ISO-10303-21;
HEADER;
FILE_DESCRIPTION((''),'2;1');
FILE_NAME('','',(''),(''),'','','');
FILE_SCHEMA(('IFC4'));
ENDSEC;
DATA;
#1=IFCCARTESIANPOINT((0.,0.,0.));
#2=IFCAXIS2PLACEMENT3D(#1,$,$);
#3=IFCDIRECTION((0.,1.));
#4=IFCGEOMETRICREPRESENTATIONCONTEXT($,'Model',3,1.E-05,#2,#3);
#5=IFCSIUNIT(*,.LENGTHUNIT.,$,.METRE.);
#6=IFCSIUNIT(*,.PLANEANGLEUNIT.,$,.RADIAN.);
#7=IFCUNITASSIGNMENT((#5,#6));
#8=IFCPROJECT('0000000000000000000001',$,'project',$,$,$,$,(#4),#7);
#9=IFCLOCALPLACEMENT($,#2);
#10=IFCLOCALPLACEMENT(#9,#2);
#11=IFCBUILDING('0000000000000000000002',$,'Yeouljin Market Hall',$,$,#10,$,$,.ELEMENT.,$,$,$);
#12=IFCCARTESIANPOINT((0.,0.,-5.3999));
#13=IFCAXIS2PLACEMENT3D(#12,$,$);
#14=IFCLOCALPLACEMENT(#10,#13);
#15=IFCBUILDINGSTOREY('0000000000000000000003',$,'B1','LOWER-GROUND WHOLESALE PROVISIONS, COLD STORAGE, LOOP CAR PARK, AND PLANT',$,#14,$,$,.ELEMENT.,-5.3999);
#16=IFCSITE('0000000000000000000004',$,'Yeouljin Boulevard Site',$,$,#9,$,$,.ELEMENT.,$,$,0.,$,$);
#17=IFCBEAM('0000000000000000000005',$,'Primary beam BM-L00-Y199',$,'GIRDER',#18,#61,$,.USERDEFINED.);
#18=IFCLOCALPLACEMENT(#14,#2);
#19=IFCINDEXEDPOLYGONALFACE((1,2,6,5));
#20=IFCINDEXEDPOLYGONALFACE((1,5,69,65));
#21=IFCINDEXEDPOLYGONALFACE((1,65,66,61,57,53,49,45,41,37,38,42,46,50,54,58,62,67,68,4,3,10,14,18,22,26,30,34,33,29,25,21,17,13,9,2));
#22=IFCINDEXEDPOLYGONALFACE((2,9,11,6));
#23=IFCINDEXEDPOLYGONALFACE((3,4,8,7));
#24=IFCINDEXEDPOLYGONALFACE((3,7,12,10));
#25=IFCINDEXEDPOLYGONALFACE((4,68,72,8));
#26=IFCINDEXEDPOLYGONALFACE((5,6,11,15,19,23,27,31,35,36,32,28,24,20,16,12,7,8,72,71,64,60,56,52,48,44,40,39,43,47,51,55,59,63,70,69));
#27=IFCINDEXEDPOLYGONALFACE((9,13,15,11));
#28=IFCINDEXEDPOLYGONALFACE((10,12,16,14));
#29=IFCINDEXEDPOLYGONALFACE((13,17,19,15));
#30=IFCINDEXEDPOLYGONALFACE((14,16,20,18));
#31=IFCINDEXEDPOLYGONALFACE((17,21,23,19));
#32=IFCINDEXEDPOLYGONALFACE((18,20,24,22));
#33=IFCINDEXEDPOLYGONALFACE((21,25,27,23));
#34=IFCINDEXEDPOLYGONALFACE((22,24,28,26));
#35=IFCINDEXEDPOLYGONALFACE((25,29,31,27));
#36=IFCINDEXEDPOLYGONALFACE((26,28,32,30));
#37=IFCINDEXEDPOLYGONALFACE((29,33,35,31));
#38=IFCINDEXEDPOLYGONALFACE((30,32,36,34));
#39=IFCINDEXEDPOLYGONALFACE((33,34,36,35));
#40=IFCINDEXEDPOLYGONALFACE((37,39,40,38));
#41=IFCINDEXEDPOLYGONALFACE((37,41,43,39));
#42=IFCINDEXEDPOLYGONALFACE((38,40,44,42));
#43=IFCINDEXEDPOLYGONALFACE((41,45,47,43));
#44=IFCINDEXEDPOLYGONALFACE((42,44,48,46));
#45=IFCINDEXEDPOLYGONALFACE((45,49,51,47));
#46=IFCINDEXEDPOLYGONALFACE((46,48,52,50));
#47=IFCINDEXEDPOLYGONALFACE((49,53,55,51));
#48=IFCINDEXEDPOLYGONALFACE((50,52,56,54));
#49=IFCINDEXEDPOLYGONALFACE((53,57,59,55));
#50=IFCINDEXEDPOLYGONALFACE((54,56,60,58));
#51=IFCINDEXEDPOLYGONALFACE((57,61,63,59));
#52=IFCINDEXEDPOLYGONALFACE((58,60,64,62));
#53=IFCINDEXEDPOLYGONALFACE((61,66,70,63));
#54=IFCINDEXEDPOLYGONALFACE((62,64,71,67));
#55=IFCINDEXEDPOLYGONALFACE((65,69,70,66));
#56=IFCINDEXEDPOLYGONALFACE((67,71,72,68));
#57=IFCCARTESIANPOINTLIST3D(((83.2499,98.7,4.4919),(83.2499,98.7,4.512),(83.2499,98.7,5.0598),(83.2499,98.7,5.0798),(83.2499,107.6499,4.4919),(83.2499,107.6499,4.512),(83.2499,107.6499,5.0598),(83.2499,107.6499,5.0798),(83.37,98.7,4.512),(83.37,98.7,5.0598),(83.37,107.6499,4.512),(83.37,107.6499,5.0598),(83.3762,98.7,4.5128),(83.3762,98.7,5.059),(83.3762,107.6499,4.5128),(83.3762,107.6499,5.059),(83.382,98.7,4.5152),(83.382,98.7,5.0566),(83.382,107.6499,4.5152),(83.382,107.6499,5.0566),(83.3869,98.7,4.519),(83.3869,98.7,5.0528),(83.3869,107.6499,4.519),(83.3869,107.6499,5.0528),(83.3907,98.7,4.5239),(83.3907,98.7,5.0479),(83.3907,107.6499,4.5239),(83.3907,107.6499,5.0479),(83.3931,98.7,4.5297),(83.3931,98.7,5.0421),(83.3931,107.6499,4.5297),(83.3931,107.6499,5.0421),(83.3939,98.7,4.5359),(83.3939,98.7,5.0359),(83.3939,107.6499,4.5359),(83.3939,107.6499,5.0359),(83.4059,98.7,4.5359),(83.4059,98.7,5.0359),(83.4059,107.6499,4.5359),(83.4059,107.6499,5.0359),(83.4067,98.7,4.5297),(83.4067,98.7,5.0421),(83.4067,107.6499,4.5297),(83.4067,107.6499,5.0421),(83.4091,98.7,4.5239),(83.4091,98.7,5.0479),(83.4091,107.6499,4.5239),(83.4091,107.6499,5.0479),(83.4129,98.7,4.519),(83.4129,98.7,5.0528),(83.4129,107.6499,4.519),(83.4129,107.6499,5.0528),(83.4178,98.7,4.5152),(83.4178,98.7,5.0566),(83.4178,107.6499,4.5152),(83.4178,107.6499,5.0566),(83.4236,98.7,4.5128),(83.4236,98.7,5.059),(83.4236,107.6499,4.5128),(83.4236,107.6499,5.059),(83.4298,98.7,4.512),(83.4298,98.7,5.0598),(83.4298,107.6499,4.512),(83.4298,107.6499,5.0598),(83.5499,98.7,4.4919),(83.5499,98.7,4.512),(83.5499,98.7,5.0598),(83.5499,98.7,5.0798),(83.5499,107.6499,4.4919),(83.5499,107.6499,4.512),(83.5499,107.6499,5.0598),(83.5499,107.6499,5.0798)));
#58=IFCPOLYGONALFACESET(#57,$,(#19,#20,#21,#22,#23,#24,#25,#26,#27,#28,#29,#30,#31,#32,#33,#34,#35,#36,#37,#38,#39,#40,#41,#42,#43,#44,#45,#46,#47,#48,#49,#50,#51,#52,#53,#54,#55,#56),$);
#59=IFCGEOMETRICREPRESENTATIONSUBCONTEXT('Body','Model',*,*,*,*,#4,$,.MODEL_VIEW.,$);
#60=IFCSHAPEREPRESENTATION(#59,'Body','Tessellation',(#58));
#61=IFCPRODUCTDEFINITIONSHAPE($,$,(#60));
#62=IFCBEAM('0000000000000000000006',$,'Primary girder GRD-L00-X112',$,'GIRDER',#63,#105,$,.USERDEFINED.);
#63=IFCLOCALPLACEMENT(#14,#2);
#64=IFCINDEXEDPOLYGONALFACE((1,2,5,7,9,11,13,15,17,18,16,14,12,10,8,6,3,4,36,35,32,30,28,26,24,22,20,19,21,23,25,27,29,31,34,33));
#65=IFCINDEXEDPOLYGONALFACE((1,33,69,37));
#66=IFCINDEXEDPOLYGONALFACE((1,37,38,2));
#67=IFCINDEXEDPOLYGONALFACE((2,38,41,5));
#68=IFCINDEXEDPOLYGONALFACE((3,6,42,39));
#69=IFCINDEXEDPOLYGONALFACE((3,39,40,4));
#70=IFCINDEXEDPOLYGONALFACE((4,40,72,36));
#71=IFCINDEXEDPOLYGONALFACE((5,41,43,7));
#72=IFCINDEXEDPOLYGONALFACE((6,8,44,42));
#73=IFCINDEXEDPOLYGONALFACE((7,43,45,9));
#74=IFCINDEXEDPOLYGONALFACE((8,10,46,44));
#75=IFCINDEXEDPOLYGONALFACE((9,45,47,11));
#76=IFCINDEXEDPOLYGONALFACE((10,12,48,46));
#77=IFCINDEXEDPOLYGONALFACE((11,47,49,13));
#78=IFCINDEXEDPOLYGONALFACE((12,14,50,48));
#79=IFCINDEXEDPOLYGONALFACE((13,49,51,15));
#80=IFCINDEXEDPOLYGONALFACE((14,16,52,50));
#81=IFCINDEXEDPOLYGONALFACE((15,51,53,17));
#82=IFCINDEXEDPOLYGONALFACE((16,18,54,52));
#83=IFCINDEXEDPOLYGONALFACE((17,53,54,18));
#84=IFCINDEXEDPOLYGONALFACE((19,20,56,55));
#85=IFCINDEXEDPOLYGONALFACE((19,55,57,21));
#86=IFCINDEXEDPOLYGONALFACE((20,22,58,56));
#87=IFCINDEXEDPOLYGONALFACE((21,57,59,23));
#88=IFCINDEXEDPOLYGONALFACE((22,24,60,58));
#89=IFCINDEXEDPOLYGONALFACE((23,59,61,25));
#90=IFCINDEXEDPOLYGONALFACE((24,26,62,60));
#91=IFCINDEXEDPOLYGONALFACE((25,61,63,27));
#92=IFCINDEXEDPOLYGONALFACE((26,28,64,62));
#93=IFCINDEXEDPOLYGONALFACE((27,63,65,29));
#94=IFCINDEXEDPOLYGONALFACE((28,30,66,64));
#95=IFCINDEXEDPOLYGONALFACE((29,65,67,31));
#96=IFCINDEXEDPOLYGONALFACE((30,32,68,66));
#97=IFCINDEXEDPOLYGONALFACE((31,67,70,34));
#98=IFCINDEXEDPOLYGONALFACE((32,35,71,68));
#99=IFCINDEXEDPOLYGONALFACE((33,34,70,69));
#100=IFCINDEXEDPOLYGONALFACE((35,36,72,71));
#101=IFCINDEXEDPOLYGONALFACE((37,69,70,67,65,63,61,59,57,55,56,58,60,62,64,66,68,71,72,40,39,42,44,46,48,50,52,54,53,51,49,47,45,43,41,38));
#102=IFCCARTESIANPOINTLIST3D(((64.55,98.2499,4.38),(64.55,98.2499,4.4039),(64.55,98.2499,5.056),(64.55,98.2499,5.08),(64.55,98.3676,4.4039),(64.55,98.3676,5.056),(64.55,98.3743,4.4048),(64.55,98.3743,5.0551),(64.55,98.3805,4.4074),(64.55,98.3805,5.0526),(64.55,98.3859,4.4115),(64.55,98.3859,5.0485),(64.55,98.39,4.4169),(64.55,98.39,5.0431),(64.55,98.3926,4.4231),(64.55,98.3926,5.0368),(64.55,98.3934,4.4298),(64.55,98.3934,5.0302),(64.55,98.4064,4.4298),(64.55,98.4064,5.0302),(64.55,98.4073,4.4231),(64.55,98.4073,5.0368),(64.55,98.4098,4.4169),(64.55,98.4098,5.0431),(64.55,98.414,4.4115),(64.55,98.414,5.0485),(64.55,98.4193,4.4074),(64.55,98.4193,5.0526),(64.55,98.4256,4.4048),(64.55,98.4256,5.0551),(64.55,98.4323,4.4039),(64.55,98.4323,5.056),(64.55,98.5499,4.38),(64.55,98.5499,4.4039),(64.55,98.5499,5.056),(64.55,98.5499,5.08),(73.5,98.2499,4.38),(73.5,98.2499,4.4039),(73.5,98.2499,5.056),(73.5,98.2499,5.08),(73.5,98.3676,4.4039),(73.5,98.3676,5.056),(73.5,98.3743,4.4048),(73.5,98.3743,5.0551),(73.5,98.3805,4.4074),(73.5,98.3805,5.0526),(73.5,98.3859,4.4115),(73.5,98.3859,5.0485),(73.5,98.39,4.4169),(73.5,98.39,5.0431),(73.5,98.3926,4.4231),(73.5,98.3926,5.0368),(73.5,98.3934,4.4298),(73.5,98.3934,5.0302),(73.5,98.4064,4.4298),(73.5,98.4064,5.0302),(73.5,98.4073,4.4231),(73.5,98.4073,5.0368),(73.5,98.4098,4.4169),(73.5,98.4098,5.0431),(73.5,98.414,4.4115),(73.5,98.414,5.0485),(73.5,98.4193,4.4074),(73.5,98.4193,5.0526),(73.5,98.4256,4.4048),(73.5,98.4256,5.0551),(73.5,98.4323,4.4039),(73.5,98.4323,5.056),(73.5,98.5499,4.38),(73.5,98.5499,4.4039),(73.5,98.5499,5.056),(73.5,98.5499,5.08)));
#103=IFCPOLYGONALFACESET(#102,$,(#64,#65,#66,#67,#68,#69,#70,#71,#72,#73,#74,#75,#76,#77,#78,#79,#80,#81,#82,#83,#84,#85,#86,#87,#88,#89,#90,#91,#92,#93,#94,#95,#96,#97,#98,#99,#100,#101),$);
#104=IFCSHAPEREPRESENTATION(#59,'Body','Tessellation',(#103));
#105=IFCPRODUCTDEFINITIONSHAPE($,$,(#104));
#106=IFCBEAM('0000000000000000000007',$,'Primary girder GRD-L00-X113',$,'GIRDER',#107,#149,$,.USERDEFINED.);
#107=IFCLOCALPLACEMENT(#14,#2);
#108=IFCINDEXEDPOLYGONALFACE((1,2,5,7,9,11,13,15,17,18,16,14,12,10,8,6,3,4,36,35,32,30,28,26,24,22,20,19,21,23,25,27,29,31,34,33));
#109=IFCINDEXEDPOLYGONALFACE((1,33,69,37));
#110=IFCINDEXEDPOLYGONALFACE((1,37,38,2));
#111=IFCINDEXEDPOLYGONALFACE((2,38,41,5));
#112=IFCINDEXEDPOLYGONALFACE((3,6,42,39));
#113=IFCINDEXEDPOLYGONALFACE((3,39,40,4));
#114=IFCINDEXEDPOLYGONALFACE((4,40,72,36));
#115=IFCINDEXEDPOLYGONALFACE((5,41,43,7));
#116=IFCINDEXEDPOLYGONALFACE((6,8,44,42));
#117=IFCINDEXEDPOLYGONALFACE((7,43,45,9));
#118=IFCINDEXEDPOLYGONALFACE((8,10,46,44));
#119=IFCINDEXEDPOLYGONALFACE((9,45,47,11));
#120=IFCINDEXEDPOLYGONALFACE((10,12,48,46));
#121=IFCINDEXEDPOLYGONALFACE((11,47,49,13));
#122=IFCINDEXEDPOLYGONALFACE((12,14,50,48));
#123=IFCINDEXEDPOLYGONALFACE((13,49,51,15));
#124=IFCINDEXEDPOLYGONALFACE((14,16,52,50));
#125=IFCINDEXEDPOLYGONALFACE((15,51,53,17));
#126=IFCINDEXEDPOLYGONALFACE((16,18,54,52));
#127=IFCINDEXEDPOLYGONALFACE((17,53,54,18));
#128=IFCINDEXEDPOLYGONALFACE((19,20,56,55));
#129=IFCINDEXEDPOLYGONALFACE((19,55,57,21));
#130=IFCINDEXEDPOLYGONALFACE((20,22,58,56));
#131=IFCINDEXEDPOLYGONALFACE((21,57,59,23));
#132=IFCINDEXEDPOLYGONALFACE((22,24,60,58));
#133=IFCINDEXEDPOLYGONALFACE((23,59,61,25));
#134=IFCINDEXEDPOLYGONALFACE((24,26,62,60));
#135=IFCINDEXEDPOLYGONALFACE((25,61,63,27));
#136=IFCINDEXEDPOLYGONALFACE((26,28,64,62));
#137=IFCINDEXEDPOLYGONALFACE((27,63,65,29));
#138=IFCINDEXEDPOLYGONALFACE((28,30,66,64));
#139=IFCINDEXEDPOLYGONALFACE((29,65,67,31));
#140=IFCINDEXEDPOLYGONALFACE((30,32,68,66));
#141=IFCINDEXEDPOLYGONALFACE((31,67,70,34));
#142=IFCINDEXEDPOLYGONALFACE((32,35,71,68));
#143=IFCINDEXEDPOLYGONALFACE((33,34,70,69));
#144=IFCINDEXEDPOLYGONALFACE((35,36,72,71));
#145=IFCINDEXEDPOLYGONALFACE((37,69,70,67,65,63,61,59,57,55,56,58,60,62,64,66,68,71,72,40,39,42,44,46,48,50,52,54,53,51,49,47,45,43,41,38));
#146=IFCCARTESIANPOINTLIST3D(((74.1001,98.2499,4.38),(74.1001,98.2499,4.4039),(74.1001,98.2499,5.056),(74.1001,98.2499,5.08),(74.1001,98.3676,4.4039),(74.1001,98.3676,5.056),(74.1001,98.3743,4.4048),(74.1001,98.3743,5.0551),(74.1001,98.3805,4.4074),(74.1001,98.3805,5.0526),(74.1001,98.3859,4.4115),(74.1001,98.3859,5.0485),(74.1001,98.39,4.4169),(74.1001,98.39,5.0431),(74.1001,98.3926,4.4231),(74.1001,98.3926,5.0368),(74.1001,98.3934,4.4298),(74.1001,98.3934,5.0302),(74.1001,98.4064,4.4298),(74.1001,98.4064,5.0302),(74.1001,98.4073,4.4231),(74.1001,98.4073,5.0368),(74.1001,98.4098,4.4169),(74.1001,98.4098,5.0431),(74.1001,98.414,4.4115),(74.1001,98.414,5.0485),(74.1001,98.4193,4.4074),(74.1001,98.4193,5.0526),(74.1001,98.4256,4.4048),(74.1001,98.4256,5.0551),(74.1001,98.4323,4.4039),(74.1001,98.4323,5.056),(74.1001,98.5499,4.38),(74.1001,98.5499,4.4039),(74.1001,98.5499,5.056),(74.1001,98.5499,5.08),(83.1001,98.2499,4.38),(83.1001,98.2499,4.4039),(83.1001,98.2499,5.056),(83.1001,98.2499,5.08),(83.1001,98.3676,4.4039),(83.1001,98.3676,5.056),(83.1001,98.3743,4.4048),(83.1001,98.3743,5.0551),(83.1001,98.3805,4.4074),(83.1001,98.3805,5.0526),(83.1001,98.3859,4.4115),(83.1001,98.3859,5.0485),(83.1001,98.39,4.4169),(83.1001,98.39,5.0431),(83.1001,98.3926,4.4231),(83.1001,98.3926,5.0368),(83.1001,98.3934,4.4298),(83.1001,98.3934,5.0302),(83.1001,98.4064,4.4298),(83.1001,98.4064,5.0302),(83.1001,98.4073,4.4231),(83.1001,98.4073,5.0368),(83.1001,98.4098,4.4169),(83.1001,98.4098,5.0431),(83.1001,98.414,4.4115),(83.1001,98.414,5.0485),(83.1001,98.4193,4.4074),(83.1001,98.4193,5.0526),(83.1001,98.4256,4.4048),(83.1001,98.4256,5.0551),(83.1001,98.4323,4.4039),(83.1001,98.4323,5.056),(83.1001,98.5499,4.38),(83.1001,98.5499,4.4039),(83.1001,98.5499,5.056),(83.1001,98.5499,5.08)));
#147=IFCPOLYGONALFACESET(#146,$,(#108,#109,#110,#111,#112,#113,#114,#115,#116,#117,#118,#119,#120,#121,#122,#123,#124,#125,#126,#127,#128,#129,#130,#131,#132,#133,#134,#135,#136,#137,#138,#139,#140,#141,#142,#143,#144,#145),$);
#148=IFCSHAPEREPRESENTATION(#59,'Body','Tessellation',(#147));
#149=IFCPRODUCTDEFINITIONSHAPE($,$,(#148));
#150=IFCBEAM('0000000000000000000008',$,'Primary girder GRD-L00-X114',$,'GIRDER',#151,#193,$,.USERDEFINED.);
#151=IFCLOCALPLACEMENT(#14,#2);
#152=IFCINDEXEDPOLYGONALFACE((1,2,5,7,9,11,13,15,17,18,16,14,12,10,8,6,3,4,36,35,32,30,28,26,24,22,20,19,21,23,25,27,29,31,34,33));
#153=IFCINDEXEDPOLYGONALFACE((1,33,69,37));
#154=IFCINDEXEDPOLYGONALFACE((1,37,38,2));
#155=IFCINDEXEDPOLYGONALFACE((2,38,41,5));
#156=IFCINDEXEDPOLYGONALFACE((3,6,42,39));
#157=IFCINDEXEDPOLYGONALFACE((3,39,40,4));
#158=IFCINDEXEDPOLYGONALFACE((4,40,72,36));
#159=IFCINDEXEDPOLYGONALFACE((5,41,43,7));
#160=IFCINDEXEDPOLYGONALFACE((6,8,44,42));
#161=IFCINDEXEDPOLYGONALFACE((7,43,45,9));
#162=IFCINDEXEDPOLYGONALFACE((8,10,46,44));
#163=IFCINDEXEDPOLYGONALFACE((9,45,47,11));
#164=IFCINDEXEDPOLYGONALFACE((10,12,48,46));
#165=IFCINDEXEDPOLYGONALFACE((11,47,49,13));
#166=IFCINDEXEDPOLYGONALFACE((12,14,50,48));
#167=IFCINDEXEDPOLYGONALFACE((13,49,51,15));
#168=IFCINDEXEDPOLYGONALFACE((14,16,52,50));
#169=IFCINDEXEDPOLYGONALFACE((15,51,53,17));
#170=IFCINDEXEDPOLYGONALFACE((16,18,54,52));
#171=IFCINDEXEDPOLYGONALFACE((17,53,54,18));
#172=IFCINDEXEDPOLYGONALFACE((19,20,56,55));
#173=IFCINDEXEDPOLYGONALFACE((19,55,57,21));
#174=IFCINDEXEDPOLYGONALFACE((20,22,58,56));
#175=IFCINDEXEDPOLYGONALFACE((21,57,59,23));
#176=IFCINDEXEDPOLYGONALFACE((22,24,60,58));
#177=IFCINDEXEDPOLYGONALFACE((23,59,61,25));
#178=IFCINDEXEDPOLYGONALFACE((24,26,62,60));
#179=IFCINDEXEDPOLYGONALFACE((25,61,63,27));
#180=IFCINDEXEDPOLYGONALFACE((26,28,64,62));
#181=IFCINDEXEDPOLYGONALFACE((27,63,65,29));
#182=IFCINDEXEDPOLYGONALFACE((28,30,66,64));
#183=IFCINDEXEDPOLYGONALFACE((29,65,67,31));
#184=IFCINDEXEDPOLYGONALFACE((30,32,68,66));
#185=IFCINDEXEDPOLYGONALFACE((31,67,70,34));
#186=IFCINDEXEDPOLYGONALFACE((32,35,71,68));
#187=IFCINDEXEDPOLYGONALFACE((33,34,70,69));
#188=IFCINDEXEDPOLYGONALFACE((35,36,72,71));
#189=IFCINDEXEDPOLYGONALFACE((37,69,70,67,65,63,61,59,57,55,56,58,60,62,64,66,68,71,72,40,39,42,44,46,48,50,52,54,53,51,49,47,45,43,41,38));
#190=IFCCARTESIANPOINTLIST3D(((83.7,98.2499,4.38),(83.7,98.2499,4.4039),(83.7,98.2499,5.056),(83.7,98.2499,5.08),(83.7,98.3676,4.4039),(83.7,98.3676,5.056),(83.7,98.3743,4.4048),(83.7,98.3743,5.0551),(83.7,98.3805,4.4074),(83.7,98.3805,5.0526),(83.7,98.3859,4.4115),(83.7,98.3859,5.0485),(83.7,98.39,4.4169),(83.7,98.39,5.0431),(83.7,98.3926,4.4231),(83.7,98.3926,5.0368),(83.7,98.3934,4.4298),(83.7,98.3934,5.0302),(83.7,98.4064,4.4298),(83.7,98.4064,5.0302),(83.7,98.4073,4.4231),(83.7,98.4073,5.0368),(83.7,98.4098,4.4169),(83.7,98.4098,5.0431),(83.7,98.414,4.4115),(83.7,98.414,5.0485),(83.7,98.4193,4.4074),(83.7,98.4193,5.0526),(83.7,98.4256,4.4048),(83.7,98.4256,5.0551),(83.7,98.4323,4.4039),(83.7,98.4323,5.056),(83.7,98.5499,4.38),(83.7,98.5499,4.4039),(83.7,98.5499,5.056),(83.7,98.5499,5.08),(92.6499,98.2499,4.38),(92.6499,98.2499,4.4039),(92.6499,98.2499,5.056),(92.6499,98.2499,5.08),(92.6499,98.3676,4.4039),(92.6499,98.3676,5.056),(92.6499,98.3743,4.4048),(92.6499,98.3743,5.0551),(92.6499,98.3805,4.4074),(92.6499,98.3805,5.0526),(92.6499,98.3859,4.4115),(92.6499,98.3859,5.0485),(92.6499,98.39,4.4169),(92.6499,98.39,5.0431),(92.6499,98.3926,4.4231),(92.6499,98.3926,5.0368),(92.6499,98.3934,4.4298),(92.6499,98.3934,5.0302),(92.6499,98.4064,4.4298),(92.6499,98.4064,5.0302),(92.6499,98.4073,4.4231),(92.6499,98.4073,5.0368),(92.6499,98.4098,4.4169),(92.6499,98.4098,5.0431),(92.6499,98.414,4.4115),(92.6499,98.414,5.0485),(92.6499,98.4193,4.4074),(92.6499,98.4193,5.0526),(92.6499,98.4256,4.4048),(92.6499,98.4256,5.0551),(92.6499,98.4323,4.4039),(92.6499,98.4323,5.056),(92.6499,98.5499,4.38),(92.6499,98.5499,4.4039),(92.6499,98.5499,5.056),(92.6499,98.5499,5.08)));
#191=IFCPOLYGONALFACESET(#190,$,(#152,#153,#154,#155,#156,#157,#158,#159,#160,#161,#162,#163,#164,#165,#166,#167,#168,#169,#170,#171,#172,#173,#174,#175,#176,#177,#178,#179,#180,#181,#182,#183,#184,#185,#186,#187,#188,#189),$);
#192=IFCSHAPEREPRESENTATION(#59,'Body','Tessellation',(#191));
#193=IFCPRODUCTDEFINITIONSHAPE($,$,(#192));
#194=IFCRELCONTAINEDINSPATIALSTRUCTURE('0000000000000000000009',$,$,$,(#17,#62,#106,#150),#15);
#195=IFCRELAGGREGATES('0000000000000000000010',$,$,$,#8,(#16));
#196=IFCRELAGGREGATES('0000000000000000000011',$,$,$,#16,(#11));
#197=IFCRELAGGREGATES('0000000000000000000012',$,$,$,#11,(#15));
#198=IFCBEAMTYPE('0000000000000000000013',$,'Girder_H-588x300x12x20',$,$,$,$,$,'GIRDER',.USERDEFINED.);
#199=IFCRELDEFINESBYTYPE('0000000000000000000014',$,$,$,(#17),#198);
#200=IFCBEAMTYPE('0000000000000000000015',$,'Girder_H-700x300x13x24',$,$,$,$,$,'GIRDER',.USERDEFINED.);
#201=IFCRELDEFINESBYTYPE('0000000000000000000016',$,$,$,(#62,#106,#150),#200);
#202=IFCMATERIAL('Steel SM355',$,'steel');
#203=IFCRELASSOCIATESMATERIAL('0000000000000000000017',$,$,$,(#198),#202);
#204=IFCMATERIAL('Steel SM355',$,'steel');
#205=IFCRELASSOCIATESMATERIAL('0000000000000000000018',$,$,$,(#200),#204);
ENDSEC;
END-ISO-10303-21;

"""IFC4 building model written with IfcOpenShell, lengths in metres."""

from ifc_helpers import new_model, si_unit, direction, frame, origin, origin_2d, place, context, subcontext, project, spatial, i_section, extrude, material, material_profile, profile_set, type_object, element, save


model = new_model("IFC4")

# Units and contexts
model_context = context("Model", 3, precision=1e-05, world=origin(), true_north=direction((0.0, 1.0)))
body_context = subcontext(model_context, "Body", "Model", "MODEL_VIEW")
ifc_project = project(units=[si_unit("LENGTHUNIT", "METRE"), si_unit("PLANEANGLEUNIT", "RADIAN")], contexts=[model_context])

# Site, building, storey
site_placement = place(None, origin())
site = spatial("IfcSite", under=ifc_project, at=site_placement, Name="Yeouljin Boulevard Site", CompositionType="ELEMENT", RefElevation=0.0)
building_placement = place(site_placement, origin())
building = spatial("IfcBuilding", under=site, at=building_placement, Name="Yeouljin Market Hall", CompositionType="ELEMENT")
storey_placement = place(building_placement, frame((0.0, 0.0, -5.3999)))
storey = spatial("IfcBuildingStorey", under=building, at=storey_placement, Name="B1", Description="LOWER-GROUND WHOLESALE PROVISIONS, COLD STORAGE, LOOP CAR PARK, AND PLANT", CompositionType="ELEMENT", Elevation=-5.3999)

# Beams
ifc_material_1 = material(Name="Steel SM355", Category="steel")
ifc_material_profile_1 = material_profile(ifc_material_1, i_section(OverallWidth=0.3, OverallDepth=0.5879, WebThickness=0.012, FlangeThickness=0.02, FilletRadius=0.0239, at=origin_2d()), Name="H-588x300x12x20")
ifc_profile_set_1 = profile_set([ifc_material_profile_1], Name="Steel SM355")
beam_type_1 = type_object("IfcBeamType", Name="Girder_H-588x300x12x20", ElementType="GIRDER", PredefinedType="USERDEFINED", material=ifc_profile_set_1)
beam_1_placement = place(storey_placement, frame((83.3999, 98.7, 4.7859), z_axis=(0.0, 1.0, 0.0), x_axis=(-1.0, 0.0, 0.0)))
element("IfcBeam", 1, at=beam_1_placement, inside=storey, type_object=beam_type_1, Name="Primary beam BM-L00-Y199", ObjectType="GIRDER", PredefinedType="USERDEFINED", context=body_context, shape_type="SweptSolid", body=[
    extrude(i_section(OverallWidth=0.3, OverallDepth=0.5879, WebThickness=0.012, FlangeThickness=0.02, FilletRadius=0.0239, at=origin_2d()), origin(), (0.0, 0.0, 1.0), 8.95),
])
ifc_material_2 = material(Name="Steel SM355", Category="steel")
ifc_material_profile_2 = material_profile(ifc_material_2, i_section(OverallWidth=0.3, OverallDepth=0.7, WebThickness=0.0129, FlangeThickness=0.0239, FilletRadius=0.0259, at=origin_2d()), Name="H-700x300x13x24")
ifc_profile_set_2 = profile_set([ifc_material_profile_2], Name="Steel SM355")
beam_type_2 = type_object("IfcBeamType", Name="Girder_H-700x300x13x24", ElementType="GIRDER", PredefinedType="USERDEFINED", material=ifc_profile_set_2)
beam_2_placement = place(storey_placement, frame((64.55, 98.3999, 4.73), z_axis=(1.0, 0.0, 0.0), x_axis=(0.0, 1.0, 0.0)))
element("IfcBeam", 2, at=beam_2_placement, inside=storey, type_object=beam_type_2, Name="Primary girder GRD-L00-X112", ObjectType="GIRDER", PredefinedType="USERDEFINED", context=body_context, shape_type="SweptSolid", body=[
    extrude(i_section(OverallWidth=0.3, OverallDepth=0.7, WebThickness=0.0129, FlangeThickness=0.0239, FilletRadius=0.0259, at=origin_2d()), origin(), (0.0, 0.0, 1.0), 8.95),
])
beam_3_placement = place(storey_placement, frame((74.1001, 98.3999, 4.73), z_axis=(1.0, 0.0, 0.0), x_axis=(0.0, 1.0, 0.0)))
element("IfcBeam", 3, at=beam_3_placement, inside=storey, type_object=beam_type_2, Name="Primary girder GRD-L00-X113", ObjectType="GIRDER", PredefinedType="USERDEFINED", context=body_context, shape_type="SweptSolid", body=[
    extrude(i_section(OverallWidth=0.3, OverallDepth=0.7, WebThickness=0.0129, FlangeThickness=0.0239, FilletRadius=0.0259, at=origin_2d()), origin(), (0.0, 0.0, 1.0), 9.0),
])
beam_4_placement = place(storey_placement, frame((83.7, 98.3999, 4.73), z_axis=(1.0, 0.0, 0.0), x_axis=(0.0, 1.0, 0.0)))
element("IfcBeam", 4, at=beam_4_placement, inside=storey, type_object=beam_type_2, Name="Primary girder GRD-L00-X114", ObjectType="GIRDER", PredefinedType="USERDEFINED", context=body_context, shape_type="SweptSolid", body=[
    extrude(i_section(OverallWidth=0.3, OverallDepth=0.7, WebThickness=0.0129, FlangeThickness=0.0239, FilletRadius=0.0259, at=origin_2d()), origin(), (0.0, 0.0, 1.0), 8.95),
])

save(model, "model.ifc")
